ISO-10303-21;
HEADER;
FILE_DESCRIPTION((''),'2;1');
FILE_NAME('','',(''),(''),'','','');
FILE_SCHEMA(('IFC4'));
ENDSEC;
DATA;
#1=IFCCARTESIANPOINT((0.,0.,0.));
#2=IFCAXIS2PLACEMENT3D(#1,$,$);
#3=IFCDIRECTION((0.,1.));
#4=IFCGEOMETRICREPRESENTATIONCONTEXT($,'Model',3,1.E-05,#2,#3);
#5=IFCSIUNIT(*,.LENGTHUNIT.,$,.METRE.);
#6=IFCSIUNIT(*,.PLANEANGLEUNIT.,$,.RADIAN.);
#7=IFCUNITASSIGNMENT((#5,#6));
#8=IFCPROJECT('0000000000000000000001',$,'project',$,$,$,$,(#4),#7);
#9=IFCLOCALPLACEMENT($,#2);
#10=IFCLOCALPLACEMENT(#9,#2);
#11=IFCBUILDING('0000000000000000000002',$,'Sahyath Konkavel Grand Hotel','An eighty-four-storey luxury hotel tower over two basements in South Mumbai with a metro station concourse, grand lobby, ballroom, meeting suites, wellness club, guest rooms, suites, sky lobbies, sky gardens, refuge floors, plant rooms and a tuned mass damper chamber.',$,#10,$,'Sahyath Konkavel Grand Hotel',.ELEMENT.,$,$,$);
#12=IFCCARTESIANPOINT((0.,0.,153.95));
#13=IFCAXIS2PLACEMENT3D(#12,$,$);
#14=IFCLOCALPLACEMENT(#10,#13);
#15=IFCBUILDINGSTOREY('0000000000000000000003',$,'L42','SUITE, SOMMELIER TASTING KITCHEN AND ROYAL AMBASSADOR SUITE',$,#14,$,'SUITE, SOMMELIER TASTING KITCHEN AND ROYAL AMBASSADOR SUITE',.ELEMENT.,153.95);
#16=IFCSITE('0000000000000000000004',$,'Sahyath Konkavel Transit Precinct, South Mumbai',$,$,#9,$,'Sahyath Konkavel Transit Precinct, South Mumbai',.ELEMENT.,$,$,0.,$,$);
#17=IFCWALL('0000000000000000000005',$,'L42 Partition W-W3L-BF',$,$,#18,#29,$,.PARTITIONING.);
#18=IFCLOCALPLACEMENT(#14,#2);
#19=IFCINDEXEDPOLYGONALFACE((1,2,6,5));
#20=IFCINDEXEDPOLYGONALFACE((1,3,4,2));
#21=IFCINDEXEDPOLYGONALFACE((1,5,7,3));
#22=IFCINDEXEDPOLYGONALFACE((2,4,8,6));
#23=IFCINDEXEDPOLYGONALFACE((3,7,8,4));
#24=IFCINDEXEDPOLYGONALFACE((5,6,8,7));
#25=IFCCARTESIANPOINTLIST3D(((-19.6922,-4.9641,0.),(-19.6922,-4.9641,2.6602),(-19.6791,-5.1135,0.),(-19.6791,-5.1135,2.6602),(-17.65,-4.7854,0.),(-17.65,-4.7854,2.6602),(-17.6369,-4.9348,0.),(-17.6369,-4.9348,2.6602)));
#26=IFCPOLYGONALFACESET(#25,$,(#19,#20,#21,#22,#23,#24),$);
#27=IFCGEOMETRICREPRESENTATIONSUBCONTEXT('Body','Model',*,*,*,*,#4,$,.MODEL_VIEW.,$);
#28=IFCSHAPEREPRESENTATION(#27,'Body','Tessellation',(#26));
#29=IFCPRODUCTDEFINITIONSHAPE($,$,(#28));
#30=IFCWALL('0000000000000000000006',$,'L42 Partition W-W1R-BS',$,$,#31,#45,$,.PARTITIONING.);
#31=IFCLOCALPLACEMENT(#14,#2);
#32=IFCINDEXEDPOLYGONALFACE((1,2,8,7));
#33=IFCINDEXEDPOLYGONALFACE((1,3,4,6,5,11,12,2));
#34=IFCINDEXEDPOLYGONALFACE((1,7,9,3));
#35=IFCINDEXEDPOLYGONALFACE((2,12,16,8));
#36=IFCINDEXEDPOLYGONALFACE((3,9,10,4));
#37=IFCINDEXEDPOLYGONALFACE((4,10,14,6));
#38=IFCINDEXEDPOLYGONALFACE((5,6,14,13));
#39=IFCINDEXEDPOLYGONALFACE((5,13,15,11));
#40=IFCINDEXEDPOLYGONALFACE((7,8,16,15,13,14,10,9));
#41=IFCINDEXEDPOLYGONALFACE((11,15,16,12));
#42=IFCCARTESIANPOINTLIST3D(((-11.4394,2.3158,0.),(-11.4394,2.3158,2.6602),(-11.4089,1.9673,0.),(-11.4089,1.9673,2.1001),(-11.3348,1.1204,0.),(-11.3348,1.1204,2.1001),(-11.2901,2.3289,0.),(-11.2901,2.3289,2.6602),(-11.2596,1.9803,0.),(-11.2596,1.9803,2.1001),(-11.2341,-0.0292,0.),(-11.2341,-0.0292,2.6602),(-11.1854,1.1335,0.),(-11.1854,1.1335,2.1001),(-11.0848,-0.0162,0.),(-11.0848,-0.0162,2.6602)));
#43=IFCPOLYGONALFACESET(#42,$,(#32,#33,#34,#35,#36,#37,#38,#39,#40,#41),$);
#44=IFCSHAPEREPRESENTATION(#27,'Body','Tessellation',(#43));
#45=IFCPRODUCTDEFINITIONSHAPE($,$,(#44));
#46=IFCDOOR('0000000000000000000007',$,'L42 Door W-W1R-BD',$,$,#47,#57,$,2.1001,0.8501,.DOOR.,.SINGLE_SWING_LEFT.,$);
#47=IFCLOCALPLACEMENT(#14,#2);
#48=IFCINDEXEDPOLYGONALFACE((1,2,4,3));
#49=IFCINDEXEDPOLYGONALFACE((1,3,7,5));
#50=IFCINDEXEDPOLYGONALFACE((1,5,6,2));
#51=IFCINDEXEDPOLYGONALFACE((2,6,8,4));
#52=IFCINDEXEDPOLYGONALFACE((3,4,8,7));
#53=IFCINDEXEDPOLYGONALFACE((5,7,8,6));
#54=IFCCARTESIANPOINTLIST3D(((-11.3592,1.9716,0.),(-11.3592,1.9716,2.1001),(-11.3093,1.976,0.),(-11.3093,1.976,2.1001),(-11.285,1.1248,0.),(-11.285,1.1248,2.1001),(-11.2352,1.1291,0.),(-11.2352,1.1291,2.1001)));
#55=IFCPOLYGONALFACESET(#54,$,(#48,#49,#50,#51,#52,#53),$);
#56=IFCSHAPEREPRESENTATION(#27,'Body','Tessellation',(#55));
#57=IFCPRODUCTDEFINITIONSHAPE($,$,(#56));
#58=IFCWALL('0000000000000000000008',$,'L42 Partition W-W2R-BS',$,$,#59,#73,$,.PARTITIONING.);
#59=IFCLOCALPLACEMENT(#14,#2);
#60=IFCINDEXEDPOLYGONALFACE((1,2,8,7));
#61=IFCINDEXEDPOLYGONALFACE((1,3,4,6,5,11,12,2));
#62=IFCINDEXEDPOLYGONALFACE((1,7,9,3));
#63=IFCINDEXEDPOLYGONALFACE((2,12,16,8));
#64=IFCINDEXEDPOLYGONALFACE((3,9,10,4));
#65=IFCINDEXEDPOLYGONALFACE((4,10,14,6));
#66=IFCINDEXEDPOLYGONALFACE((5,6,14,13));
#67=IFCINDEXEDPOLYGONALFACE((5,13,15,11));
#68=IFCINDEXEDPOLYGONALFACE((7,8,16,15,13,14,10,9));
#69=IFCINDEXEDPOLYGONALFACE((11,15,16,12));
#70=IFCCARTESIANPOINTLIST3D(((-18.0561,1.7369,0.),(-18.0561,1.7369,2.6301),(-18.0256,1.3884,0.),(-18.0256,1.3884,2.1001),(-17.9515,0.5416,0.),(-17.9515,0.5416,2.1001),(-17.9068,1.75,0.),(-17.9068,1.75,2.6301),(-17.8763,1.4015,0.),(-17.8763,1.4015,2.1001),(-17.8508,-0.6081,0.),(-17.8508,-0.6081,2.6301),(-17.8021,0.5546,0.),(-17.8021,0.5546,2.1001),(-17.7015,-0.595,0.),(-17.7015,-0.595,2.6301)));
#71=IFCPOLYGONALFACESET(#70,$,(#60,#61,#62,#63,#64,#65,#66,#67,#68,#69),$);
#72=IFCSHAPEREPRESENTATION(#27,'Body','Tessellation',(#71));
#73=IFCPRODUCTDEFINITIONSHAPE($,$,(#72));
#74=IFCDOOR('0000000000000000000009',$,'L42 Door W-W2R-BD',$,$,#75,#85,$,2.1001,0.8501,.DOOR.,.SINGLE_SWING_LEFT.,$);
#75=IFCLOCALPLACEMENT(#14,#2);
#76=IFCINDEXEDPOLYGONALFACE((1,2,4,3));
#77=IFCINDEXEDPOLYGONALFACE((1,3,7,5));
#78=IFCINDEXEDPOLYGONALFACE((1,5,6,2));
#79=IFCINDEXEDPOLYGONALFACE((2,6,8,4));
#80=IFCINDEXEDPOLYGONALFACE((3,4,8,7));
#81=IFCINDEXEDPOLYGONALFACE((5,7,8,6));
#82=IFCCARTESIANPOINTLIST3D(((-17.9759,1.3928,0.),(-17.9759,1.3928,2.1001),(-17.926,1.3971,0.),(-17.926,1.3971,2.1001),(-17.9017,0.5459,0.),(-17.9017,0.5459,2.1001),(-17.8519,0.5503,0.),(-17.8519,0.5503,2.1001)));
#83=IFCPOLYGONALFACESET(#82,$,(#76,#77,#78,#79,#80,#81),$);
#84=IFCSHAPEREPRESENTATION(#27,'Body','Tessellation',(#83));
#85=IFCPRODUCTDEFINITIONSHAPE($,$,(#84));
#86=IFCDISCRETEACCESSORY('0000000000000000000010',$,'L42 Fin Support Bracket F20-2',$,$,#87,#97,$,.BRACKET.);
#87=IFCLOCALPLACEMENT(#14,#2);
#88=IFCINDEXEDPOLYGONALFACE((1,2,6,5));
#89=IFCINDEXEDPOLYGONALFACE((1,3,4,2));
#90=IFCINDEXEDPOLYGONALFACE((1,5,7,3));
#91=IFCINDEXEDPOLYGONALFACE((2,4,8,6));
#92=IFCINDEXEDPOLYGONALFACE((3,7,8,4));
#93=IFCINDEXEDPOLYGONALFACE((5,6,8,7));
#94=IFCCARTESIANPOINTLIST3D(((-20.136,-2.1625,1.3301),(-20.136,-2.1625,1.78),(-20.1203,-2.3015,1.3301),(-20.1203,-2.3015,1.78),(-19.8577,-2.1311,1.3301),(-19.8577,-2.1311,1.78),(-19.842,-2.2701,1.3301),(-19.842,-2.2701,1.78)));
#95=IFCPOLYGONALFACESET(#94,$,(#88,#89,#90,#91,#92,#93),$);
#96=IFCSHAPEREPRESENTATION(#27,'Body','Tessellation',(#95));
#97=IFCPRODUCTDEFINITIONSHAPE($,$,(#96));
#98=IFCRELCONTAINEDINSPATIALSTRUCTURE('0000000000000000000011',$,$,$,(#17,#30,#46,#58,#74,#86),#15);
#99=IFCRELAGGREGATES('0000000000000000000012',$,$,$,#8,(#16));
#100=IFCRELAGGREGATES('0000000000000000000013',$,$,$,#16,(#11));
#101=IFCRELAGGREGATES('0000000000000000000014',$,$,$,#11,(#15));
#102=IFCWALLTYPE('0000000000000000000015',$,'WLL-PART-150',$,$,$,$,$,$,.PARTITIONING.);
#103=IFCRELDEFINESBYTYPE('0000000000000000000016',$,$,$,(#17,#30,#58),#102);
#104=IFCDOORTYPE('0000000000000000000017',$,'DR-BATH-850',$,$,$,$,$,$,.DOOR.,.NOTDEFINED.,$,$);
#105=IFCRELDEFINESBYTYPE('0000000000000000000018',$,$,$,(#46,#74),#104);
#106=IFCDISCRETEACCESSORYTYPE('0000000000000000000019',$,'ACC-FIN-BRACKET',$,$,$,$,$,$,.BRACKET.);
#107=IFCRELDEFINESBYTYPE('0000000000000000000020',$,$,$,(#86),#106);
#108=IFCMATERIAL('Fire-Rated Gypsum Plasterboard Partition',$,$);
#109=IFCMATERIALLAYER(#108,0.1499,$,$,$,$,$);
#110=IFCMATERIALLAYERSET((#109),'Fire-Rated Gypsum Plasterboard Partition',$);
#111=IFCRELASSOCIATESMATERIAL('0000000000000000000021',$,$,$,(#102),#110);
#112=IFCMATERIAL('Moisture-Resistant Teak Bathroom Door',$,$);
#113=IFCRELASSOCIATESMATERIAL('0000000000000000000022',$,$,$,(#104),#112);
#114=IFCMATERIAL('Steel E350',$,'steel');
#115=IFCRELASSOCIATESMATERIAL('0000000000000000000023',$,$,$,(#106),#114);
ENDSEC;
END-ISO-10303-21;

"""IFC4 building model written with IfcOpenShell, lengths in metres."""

from ifc_helpers import new_model, si_unit, direction, frame, frame_2d, origin, origin_2d, place, context, subcontext, project, spatial, rectangle, extrude, source, transform, mapped, material, layer, layer_set, type_object, element, fill, save


model = new_model("IFC4")

# Units and contexts
model_context = context("Model", 3, precision=1e-05, world=origin(), true_north=direction((0.0, 1.0)))
body_context = subcontext(model_context, "Body", "Model", "MODEL_VIEW")
ifc_project = project(units=[si_unit("LENGTHUNIT", "METRE"), si_unit("PLANEANGLEUNIT", "RADIAN")], contexts=[model_context])

# Site, building, storey
site_placement = place(None, origin())
site = spatial("IfcSite", under=ifc_project, at=site_placement, Name="Sahyath Konkavel Transit Precinct, South Mumbai", LongName="Sahyath Konkavel Transit Precinct, South Mumbai", CompositionType="ELEMENT", RefElevation=0.0)
building_placement = place(site_placement, origin())
building = spatial("IfcBuilding", under=site, at=building_placement, Name="Sahyath Konkavel Grand Hotel", Description="An eighty-four-storey luxury hotel tower over two basements in South Mumbai with a metro station concourse, grand lobby, ballroom, meeting suites, wellness club, guest rooms, suites, sky lobbies, sky gardens, refuge floors, plant rooms and a tuned mass damper chamber.", LongName="Sahyath Konkavel Grand Hotel", CompositionType="ELEMENT")
storey_placement = place(building_placement, frame((0.0, 0.0, 153.95)))
storey = spatial("IfcBuildingStorey", under=building, at=storey_placement, Name="L42", Description="SUITE, SOMMELIER TASTING KITCHEN AND ROYAL AMBASSADOR SUITE", LongName="SUITE, SOMMELIER TASTING KITCHEN AND ROYAL AMBASSADOR SUITE", CompositionType="ELEMENT", Elevation=153.95)

# Shared definitions
ifc_material_1 = material(Name="Steel E350", Category="steel")

# Shared definitions
ifc_material_2 = material(Name="Fire-Rated Gypsum Plasterboard Partition")
ifc_layer_1 = layer(ifc_material_2, 0.1499)
ifc_layer_set_1 = layer_set([ifc_layer_1], Name="Fire-Rated Gypsum Plasterboard Partition")
wall_type_1 = type_object("IfcWallType", Name="WLL-PART-150", PredefinedType="PARTITIONING", material=ifc_layer_set_1)
ifc_material_3 = material(Name="Moisture-Resistant Teak Bathroom Door")
door_type = type_object("IfcDoorType", Name="DR-BATH-850", OperationType="NOTDEFINED", PredefinedType="DOOR", material=ifc_material_3)
shared_shape_1 = source(origin(), body_context, "Body", "SweptSolid", [
    extrude(rectangle(XDim=0.8501, YDim=0.05, at=origin_2d()), origin(), (0.0, 0.0, 1.0), 2.1001),
])

# Wall
wall_1_placement = place(storey_placement, frame((-17.6436, -4.8601, 0.0), z_axis=(0.0, 0.0, 1.0), x_axis=(-0.996193, -0.087174, 0.0)))
element("IfcWall", 1, at=wall_1_placement, inside=storey, type_object=wall_type_1, Name="L42 Partition W-W3L-BF", PredefinedType="PARTITIONING", context=body_context, shape_type="SweptSolid", body=[
    extrude(rectangle(XDim=2.05, YDim=0.1499, at=frame_2d((1.0249, 0.0))), origin(), (0.0, 0.0, 1.0), 2.6602),
])

# Walls, openings, doors
wall_2_placement = place(storey_placement, frame((-11.1594, -0.0227, 0.0), z_axis=(0.0, 0.0, 1.0), x_axis=(-0.087225, 0.996189, 0.0)))
wall_2 = element("IfcWall", 2, at=wall_2_placement, inside=storey, type_object=wall_type_1, Name="L42 Partition W-W1R-BS", PredefinedType="PARTITIONING", context=body_context, shape_type="SweptSolid", body=[
    extrude(rectangle(XDim=2.354, YDim=0.1499, at=frame_2d((1.177, 0.0))), origin(), (0.0, 0.0, 1.0), 2.6602),
])
opening_1_placement = place(wall_2_placement, frame((1.1541, 0.0, 0.0)))
opening_1 = element("IfcOpeningElement", 3, at=opening_1_placement, cuts=wall_2, PredefinedType="OPENING", context=body_context, shape_type="SweptSolid", body=[
    extrude(rectangle(XDim=0.8501, YDim=2.1001, at=frame_2d((0.425, 1.05))), frame((0.0, 0.085, 0.0), z_axis=(0.0, -1.0, 0.0), x_axis=(1.0, 0.0, 0.0)), (0.0, 0.0, 1.0), 0.1699),
])
door_1_placement = place(opening_1_placement, frame((0.425, 0.0, 0.0)))
door_1 = element("IfcDoor", 4, at=door_1_placement, inside=storey, type_object=door_type, Name="L42 Door W-W1R-BD", OperationType="SINGLE_SWING_LEFT", OverallHeight=2.1001, OverallWidth=0.8501, PredefinedType="DOOR", context=body_context, shape_type="MappedRepresentation", body=[
    mapped(shared_shape_1, transform((0.0, 0.0, 0.0), scale=1.0)),
])
fill(opening_1, door_1)
wall_3_placement = place(storey_placement, frame((-17.7761, -0.6016, 0.0), z_axis=(0.0, 0.0, 1.0), x_axis=(-0.087225, 0.996189, 0.0)))
wall_3 = element("IfcWall", 5, at=wall_3_placement, inside=storey, type_object=wall_type_1, Name="L42 Partition W-W2R-BS", PredefinedType="PARTITIONING", context=body_context, shape_type="SweptSolid", body=[
    extrude(rectangle(XDim=2.354, YDim=0.1499, at=frame_2d((1.177, 0.0))), origin(), (0.0, 0.0, 1.0), 2.6301),
])
opening_2_placement = place(wall_3_placement, frame((1.1541, 0.0, 0.0)))
opening_2 = element("IfcOpeningElement", 6, at=opening_2_placement, cuts=wall_3, PredefinedType="OPENING", context=body_context, shape_type="SweptSolid", body=[
    extrude(rectangle(XDim=0.8501, YDim=2.1001, at=frame_2d((0.425, 1.05))), frame((0.0, 0.085, 0.0), z_axis=(0.0, -1.0, 0.0), x_axis=(1.0, 0.0, 0.0)), (0.0, 0.0, 1.0), 0.1699),
])
door_2_placement = place(opening_2_placement, frame((0.425, 0.0, 0.0)))
door_2 = element("IfcDoor", 7, at=door_2_placement, inside=storey, type_object=door_type, Name="L42 Door W-W2R-BD", OperationType="SINGLE_SWING_LEFT", OverallHeight=2.1001, OverallWidth=0.8501, PredefinedType="DOOR", context=body_context, shape_type="MappedRepresentation", body=[
    mapped(shared_shape_1, transform((0.0, 0.0, 0.0), scale=1.0)),
])
fill(opening_2, door_2)

# Discrete accessory
discrete_accessory_type = type_object("IfcDiscreteAccessoryType", Name="ACC-FIN-BRACKET", PredefinedType="BRACKET", material=ifc_material_1)
shared_shape_2 = source(origin(), body_context, "Body", "SweptSolid", [
    extrude(rectangle(XDim=0.28, YDim=0.1399, at=origin_2d()), origin(), (0.0, 0.0, 1.0), 0.45),
])
discrete_accessory_placement = place(storey_placement, frame((-19.989, -2.2163, 1.3301), z_axis=(0.0, 0.0, 1.0), x_axis=(-0.993709, -0.111989, 0.0)))
element("IfcDiscreteAccessory", 8, at=discrete_accessory_placement, inside=storey, type_object=discrete_accessory_type, Name="L42 Fin Support Bracket F20-2", PredefinedType="BRACKET", context=body_context, shape_type="MappedRepresentation", body=[
    mapped(shared_shape_2, transform((0.0, 0.0, 0.0), scale=1.0)),
])

save(model, "model.ifc")
